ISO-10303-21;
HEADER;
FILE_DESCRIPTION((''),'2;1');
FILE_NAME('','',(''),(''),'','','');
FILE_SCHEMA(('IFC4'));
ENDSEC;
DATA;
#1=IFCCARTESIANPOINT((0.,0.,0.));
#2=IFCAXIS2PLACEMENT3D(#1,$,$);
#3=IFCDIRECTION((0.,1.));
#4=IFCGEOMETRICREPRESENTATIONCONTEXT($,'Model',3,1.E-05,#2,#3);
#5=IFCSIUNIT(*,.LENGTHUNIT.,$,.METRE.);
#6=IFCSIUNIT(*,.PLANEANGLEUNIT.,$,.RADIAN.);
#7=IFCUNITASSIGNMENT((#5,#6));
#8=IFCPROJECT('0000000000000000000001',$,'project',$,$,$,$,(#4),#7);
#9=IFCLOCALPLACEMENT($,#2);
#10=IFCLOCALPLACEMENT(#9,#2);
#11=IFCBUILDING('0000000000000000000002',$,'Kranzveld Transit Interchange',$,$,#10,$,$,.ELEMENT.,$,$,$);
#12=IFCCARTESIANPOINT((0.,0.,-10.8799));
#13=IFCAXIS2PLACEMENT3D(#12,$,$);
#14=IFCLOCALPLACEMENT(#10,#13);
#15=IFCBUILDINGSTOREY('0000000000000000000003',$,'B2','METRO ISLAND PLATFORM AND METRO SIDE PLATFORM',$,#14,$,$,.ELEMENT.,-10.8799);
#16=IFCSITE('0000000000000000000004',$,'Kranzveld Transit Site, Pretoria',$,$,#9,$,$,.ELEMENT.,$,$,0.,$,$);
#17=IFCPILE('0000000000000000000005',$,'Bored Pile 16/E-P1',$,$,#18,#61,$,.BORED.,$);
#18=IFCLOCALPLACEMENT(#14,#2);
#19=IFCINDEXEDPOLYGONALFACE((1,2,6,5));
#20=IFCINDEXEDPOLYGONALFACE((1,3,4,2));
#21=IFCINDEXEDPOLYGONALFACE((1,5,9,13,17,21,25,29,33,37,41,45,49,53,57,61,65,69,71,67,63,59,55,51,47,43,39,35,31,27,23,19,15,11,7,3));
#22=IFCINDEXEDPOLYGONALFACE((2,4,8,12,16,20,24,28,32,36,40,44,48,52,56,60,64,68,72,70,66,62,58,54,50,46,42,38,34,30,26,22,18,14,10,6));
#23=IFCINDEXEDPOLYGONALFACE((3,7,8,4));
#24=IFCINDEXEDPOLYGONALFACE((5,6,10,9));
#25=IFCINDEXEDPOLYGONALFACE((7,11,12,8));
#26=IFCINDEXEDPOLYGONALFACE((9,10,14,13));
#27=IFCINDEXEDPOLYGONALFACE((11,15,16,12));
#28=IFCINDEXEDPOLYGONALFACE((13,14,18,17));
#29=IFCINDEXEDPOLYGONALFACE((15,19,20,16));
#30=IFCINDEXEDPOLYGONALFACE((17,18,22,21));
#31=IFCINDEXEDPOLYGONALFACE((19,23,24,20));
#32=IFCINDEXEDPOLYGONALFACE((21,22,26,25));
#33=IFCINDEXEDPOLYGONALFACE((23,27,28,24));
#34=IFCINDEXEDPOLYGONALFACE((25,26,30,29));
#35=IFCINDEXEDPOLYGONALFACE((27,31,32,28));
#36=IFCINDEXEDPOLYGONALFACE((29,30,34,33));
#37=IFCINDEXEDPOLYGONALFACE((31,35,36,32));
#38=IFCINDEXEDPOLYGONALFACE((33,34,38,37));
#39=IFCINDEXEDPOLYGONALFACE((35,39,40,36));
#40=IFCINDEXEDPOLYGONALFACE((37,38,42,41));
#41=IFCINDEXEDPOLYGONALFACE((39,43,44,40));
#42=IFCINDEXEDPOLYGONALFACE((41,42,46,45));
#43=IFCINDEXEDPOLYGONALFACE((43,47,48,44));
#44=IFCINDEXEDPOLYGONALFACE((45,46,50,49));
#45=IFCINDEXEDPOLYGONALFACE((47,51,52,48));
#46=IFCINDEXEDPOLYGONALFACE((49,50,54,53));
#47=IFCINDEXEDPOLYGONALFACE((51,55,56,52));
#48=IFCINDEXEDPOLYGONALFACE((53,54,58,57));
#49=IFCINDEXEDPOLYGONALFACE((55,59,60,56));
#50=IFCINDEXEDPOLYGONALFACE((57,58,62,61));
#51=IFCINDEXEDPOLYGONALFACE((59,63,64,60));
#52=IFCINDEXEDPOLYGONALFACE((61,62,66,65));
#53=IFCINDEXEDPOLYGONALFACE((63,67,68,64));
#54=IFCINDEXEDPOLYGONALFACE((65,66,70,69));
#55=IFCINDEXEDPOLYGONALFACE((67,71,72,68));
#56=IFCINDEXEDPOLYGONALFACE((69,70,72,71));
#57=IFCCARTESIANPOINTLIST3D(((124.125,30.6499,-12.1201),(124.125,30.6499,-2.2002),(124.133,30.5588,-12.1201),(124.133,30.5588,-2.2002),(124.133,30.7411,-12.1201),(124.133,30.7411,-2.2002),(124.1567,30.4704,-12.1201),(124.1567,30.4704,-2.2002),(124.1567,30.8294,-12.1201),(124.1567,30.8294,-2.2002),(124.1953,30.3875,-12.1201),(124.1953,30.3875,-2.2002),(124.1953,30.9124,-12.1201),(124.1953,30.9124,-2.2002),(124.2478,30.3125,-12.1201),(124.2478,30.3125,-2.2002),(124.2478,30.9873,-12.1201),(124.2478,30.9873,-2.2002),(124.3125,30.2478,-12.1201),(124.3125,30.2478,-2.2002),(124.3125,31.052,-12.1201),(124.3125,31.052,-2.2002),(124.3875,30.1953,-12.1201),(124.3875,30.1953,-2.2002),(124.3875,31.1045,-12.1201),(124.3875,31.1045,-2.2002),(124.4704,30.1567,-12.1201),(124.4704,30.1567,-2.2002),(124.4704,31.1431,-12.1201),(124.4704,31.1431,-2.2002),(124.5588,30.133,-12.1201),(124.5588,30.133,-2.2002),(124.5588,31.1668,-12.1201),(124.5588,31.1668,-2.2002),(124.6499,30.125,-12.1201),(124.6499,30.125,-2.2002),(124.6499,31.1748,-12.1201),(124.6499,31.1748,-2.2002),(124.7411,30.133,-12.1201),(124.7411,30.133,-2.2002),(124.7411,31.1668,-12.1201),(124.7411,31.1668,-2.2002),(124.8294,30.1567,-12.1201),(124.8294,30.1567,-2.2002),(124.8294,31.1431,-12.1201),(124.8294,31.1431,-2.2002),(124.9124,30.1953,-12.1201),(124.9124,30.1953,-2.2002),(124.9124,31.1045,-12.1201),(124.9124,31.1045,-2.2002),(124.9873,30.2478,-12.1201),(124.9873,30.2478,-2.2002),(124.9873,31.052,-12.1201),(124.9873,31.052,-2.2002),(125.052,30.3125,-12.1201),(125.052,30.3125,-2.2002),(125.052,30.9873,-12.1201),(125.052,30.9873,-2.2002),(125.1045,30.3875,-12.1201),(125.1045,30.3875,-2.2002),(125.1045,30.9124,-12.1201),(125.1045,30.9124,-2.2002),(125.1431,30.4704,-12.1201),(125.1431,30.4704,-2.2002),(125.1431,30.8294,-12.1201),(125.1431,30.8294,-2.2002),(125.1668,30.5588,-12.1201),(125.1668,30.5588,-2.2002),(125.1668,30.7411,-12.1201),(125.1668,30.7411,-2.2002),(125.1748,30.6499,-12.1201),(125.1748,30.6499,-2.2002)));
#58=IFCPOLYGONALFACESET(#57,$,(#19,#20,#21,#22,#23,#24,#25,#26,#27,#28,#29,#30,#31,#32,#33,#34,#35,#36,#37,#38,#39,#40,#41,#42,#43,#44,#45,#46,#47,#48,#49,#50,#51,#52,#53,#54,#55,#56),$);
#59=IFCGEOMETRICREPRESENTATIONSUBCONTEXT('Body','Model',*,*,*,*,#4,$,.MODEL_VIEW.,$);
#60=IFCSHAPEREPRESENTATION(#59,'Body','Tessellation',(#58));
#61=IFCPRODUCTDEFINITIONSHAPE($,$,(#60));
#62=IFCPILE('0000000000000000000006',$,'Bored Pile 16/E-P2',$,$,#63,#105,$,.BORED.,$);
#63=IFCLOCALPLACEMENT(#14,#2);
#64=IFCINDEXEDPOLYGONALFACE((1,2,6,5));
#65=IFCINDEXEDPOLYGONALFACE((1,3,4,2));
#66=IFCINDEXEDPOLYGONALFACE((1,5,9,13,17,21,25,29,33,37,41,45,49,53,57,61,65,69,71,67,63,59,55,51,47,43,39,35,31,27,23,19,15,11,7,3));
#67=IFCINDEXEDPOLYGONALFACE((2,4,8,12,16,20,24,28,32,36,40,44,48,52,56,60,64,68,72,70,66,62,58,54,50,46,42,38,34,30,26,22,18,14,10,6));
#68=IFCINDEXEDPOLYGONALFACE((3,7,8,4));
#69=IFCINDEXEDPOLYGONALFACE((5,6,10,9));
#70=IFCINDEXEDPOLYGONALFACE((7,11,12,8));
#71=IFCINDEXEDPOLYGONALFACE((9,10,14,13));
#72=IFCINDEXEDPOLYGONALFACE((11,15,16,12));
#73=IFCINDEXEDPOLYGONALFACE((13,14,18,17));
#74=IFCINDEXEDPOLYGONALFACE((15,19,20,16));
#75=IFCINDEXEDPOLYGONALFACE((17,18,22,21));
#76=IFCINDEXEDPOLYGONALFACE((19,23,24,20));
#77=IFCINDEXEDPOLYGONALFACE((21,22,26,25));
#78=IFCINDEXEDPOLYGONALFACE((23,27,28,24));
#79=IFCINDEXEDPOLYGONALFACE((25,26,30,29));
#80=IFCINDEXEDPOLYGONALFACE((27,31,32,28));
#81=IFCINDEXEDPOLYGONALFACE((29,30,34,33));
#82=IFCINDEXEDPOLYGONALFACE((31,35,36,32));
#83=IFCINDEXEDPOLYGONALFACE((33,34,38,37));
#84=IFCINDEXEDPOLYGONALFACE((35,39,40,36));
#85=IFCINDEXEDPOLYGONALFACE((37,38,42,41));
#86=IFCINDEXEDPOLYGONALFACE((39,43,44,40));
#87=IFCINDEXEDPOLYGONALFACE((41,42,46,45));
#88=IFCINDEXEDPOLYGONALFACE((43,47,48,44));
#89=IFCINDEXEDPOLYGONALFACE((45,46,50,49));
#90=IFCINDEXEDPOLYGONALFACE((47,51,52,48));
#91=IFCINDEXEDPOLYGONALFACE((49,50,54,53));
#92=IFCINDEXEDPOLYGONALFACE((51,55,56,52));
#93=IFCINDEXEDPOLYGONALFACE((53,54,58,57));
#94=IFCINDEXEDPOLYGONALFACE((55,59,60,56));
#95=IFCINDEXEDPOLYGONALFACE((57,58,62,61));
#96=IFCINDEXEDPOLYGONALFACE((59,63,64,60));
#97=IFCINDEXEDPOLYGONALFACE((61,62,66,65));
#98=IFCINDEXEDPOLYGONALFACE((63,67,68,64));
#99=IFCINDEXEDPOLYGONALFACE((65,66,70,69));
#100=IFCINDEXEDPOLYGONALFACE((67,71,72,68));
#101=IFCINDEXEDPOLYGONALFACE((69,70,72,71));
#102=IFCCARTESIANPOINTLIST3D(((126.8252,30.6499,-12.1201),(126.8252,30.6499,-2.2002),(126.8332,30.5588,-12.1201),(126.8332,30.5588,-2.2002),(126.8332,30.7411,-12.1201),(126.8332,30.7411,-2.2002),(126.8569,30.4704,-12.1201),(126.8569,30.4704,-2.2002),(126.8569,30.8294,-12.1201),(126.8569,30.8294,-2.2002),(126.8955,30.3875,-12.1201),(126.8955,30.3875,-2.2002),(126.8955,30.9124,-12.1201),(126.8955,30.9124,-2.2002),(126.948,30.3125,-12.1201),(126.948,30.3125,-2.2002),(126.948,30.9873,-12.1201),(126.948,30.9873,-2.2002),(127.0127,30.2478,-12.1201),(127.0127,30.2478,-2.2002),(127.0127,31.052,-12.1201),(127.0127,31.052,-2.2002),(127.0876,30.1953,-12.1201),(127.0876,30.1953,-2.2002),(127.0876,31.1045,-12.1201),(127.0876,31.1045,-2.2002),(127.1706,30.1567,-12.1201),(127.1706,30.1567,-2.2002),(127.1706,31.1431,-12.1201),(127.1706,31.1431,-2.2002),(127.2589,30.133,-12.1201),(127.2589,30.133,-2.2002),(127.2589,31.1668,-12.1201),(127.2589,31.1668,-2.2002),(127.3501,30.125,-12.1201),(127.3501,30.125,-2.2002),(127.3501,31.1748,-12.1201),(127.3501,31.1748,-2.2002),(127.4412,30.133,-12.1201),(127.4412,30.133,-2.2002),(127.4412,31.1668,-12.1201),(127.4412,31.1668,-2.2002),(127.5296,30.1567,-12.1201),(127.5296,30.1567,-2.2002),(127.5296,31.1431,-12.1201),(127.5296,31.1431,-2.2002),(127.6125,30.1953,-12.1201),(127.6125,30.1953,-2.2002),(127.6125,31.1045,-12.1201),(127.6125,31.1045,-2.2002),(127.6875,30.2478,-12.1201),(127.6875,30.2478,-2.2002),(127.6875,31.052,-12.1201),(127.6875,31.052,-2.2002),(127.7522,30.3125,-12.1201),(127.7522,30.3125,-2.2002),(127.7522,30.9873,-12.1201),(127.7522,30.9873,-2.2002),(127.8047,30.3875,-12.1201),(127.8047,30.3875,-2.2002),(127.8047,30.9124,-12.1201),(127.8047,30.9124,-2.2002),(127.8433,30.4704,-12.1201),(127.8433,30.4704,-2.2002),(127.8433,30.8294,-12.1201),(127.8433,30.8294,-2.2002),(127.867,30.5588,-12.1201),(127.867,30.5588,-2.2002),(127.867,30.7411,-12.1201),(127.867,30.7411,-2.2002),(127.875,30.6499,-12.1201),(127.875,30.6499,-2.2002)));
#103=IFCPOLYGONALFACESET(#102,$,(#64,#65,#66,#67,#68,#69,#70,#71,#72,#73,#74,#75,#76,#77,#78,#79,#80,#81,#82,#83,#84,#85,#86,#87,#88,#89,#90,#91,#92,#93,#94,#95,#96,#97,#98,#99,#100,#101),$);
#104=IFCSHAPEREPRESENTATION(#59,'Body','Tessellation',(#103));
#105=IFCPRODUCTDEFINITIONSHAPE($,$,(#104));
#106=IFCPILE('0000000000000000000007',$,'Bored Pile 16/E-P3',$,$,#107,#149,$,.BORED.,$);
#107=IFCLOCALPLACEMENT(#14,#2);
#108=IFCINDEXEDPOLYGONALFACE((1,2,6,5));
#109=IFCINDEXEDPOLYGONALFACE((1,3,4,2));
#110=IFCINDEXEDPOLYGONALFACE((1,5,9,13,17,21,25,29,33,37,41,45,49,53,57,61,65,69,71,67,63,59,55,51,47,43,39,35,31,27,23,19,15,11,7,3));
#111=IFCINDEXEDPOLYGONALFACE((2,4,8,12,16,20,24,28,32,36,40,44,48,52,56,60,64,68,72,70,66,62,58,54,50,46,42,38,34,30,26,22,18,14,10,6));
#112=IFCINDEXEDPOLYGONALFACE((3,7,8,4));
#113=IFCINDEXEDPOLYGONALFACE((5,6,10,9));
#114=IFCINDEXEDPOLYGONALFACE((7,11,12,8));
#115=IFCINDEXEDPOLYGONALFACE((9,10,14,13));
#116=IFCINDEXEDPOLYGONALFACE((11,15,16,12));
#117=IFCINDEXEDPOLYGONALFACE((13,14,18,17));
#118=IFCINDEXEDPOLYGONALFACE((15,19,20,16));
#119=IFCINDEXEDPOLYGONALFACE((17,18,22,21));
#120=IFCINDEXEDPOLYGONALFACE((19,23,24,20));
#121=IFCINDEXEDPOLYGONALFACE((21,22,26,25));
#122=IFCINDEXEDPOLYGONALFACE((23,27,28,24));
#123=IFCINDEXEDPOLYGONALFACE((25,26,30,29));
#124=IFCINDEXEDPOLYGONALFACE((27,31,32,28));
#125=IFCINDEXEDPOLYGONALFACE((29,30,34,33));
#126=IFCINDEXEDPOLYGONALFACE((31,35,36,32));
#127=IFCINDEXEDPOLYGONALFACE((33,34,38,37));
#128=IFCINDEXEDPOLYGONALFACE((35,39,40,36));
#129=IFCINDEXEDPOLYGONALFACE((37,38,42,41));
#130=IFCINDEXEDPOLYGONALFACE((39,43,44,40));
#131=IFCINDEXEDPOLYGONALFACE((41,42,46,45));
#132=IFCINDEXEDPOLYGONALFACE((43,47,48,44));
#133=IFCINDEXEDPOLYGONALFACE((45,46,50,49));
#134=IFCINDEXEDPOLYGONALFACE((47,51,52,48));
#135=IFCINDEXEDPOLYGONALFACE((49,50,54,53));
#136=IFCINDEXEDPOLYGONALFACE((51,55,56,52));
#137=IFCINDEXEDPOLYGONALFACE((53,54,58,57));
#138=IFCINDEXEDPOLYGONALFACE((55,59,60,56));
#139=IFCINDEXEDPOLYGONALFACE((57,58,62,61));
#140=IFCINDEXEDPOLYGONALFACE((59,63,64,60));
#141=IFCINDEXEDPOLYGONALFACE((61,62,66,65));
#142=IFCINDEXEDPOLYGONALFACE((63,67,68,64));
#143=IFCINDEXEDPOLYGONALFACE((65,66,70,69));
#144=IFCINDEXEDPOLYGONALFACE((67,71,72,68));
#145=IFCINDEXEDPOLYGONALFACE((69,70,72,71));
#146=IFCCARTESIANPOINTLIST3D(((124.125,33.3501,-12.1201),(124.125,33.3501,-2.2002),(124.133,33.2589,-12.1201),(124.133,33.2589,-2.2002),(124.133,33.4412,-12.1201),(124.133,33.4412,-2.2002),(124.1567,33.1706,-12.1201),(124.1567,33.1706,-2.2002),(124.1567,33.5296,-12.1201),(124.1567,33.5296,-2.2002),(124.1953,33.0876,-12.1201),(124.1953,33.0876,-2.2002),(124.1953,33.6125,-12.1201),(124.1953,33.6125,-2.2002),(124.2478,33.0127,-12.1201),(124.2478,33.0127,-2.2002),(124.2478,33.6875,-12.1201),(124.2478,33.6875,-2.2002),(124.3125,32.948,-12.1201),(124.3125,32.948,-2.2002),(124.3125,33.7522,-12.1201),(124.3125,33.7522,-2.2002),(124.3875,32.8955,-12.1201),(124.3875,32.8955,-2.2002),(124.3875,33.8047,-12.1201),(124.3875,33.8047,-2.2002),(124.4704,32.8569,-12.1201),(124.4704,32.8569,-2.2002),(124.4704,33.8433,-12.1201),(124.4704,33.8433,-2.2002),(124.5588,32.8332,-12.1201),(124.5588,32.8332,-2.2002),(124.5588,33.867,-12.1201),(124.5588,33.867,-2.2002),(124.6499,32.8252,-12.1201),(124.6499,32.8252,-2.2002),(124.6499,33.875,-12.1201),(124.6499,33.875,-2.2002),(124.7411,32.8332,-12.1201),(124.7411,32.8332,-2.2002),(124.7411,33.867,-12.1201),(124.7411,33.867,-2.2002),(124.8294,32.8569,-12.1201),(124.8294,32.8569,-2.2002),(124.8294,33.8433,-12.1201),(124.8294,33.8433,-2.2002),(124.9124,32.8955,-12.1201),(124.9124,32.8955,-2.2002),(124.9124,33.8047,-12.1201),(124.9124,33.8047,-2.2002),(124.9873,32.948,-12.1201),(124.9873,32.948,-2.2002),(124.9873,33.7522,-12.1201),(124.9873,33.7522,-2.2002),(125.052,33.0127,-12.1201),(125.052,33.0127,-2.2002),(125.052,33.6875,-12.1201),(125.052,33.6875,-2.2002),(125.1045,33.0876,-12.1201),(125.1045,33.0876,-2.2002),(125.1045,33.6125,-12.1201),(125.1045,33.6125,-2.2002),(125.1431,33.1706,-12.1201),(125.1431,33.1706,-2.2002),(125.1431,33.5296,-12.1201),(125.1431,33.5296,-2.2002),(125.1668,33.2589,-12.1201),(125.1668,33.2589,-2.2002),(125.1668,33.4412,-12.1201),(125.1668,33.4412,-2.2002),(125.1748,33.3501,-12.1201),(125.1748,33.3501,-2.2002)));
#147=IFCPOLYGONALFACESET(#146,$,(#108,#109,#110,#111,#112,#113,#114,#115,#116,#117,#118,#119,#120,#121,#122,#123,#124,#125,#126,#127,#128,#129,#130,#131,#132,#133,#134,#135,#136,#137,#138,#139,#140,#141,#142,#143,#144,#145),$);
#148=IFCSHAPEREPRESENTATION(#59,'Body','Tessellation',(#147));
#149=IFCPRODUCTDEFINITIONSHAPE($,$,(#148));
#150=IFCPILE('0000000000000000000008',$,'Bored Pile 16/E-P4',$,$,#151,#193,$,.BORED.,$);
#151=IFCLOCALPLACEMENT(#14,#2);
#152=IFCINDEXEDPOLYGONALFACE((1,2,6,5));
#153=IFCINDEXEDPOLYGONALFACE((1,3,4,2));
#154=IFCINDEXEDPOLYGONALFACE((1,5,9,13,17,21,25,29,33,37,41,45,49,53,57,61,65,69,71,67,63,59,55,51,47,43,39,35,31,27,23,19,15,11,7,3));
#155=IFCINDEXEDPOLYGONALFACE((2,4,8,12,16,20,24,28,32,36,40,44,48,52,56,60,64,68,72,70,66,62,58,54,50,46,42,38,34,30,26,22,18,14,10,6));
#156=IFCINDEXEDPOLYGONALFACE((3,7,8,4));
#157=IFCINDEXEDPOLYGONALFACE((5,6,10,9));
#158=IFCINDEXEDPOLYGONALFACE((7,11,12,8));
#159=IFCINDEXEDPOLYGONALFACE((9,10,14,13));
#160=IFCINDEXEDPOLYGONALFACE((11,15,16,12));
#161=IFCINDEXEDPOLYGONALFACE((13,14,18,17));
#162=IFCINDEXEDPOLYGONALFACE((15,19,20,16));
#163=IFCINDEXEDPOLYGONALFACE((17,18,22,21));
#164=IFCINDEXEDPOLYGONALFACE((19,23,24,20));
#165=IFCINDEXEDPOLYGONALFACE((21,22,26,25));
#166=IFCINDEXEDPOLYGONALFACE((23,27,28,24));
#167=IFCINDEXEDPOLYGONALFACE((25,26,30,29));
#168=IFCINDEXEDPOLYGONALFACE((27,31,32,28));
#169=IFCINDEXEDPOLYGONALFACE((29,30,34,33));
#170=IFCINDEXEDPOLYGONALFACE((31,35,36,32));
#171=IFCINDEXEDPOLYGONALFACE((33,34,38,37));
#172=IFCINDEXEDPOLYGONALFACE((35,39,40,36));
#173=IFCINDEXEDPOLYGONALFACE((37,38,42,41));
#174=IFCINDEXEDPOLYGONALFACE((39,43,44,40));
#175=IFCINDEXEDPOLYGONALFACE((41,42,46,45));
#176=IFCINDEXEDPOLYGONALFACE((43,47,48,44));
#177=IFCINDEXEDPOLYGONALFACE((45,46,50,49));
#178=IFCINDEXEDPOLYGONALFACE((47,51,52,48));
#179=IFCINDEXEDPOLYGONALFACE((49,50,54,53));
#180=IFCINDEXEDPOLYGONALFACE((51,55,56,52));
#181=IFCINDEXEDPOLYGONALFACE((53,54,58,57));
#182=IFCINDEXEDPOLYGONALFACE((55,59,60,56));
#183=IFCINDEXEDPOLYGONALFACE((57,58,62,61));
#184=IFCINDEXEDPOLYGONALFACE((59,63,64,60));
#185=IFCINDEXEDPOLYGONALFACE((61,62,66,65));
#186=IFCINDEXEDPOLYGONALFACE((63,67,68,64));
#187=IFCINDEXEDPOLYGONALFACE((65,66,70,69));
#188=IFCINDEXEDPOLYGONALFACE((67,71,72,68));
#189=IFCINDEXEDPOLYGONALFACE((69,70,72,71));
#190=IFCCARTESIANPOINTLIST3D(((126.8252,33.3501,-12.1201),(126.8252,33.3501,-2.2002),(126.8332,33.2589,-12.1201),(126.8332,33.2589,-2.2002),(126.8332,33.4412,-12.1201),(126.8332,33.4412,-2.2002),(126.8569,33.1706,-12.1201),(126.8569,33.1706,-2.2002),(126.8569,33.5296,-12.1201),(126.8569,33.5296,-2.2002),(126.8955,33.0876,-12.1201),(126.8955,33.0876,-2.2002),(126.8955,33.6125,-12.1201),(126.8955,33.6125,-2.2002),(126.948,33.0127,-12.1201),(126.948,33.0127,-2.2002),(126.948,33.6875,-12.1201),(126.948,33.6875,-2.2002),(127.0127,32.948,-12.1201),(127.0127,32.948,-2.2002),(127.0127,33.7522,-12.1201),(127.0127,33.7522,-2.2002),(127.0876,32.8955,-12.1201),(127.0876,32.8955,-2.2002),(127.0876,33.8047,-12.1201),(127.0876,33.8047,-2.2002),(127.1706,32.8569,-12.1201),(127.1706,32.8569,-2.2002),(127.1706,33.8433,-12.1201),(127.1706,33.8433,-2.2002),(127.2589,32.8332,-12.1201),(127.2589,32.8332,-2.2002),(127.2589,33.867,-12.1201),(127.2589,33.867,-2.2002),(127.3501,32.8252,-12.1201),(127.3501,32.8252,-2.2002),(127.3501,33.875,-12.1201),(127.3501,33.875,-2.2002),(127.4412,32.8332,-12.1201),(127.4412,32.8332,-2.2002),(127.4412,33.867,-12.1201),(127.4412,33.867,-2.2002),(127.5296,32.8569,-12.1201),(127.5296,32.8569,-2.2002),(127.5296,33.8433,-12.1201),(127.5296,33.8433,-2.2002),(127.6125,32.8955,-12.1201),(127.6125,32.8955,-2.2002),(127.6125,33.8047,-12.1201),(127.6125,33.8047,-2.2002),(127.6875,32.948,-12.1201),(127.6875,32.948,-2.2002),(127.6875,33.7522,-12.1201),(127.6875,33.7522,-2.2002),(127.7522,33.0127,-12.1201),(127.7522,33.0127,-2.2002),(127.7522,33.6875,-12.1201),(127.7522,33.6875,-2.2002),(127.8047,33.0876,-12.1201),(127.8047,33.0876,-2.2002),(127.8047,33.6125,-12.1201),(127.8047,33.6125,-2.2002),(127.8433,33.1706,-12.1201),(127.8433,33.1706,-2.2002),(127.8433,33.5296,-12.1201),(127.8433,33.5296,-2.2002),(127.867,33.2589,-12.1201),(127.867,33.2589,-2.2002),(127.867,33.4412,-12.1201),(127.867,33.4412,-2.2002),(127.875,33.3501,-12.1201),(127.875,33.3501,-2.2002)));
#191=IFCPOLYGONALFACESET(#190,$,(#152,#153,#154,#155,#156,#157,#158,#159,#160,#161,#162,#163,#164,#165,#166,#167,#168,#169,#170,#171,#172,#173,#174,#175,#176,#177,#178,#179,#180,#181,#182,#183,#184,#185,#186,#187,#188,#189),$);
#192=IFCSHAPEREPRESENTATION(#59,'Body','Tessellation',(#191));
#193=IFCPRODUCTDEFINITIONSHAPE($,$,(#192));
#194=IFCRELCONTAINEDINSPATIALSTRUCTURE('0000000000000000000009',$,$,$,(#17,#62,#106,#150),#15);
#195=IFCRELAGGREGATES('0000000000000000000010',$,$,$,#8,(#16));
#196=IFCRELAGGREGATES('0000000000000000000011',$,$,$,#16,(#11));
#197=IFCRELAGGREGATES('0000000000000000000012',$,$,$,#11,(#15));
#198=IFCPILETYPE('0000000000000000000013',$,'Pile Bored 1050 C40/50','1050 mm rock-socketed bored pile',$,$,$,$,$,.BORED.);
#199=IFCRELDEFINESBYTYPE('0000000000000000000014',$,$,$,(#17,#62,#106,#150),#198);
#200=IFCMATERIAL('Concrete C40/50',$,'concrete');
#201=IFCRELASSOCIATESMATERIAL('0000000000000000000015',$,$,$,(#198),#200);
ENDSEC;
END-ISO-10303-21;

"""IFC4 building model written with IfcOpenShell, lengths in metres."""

from ifc_helpers import new_model, si_unit, direction, frame, origin, origin_2d, place, context, subcontext, project, spatial, circle, extrude, material, material_profile, profile_set, type_object, element, save


model = new_model("IFC4")

# Units and contexts
model_context = context("Model", 3, precision=1e-05, world=origin(), true_north=direction((0.0, 1.0)))
body_context = subcontext(model_context, "Body", "Model", "MODEL_VIEW")
ifc_project = project(units=[si_unit("LENGTHUNIT", "METRE"), si_unit("PLANEANGLEUNIT", "RADIAN")], contexts=[model_context])

# Site, building, storey
site_placement = place(None, origin())
site = spatial("IfcSite", under=ifc_project, at=site_placement, Name="Kranzveld Transit Site, Pretoria", CompositionType="ELEMENT", RefElevation=0.0)
building_placement = place(site_placement, origin())
building = spatial("IfcBuilding", under=site, at=building_placement, Name="Kranzveld Transit Interchange", CompositionType="ELEMENT")
storey_placement = place(building_placement, frame((0.0, 0.0, -10.8799)))
storey = spatial("IfcBuildingStorey", under=building, at=storey_placement, Name="B2", Description="METRO ISLAND PLATFORM AND METRO SIDE PLATFORM", CompositionType="ELEMENT", Elevation=-10.8799)

# Piles
ifc_material_1 = material(Name="Concrete C40/50", Category="concrete")
ifc_material_profile_1 = material_profile(ifc_material_1, circle(Radius=0.5249, at=origin_2d()), Name="BORED PILE 1050")
ifc_profile_set_1 = profile_set([ifc_material_profile_1], Name="Concrete C40/50")
pile_type = type_object("IfcPileType", Name="Pile Bored 1050 C40/50", Description="1050 mm rock-socketed bored pile", PredefinedType="BORED", material=ifc_profile_set_1)
for number, where, z_axis, x_axis, name in (
    (1, (124.6499, 30.6499, -2.2002), (0.0, 0.0, -1.0), (1.0, 0.0, 0.0), "Bored Pile 16/E-P1"),
    (2, (127.3501, 30.6499, -2.2002), (0.0, 0.0, -1.0), (1.0, 0.0, 0.0), "Bored Pile 16/E-P2"),
    (3, (124.6499, 33.3501, -2.2002), (0.0, 0.0, -1.0), (1.0, 0.0, 0.0), "Bored Pile 16/E-P3"),
    (4, (127.3501, 33.3501, -2.2002), (0.0, 0.0, -1.0), (1.0, 0.0, 0.0), "Bored Pile 16/E-P4"),
):
    element("IfcPile", number, at=place(storey_placement, frame(where, z_axis=z_axis, x_axis=x_axis)), inside=storey, type_object=pile_type, Name=name, PredefinedType="BORED", context=body_context, shape_type="SweptSolid", body=[
        extrude(circle(Radius=0.5249, at=origin_2d()), origin(), (0.0, 0.0, 1.0), 9.9199),
    ])

save(model, "model.ifc")
